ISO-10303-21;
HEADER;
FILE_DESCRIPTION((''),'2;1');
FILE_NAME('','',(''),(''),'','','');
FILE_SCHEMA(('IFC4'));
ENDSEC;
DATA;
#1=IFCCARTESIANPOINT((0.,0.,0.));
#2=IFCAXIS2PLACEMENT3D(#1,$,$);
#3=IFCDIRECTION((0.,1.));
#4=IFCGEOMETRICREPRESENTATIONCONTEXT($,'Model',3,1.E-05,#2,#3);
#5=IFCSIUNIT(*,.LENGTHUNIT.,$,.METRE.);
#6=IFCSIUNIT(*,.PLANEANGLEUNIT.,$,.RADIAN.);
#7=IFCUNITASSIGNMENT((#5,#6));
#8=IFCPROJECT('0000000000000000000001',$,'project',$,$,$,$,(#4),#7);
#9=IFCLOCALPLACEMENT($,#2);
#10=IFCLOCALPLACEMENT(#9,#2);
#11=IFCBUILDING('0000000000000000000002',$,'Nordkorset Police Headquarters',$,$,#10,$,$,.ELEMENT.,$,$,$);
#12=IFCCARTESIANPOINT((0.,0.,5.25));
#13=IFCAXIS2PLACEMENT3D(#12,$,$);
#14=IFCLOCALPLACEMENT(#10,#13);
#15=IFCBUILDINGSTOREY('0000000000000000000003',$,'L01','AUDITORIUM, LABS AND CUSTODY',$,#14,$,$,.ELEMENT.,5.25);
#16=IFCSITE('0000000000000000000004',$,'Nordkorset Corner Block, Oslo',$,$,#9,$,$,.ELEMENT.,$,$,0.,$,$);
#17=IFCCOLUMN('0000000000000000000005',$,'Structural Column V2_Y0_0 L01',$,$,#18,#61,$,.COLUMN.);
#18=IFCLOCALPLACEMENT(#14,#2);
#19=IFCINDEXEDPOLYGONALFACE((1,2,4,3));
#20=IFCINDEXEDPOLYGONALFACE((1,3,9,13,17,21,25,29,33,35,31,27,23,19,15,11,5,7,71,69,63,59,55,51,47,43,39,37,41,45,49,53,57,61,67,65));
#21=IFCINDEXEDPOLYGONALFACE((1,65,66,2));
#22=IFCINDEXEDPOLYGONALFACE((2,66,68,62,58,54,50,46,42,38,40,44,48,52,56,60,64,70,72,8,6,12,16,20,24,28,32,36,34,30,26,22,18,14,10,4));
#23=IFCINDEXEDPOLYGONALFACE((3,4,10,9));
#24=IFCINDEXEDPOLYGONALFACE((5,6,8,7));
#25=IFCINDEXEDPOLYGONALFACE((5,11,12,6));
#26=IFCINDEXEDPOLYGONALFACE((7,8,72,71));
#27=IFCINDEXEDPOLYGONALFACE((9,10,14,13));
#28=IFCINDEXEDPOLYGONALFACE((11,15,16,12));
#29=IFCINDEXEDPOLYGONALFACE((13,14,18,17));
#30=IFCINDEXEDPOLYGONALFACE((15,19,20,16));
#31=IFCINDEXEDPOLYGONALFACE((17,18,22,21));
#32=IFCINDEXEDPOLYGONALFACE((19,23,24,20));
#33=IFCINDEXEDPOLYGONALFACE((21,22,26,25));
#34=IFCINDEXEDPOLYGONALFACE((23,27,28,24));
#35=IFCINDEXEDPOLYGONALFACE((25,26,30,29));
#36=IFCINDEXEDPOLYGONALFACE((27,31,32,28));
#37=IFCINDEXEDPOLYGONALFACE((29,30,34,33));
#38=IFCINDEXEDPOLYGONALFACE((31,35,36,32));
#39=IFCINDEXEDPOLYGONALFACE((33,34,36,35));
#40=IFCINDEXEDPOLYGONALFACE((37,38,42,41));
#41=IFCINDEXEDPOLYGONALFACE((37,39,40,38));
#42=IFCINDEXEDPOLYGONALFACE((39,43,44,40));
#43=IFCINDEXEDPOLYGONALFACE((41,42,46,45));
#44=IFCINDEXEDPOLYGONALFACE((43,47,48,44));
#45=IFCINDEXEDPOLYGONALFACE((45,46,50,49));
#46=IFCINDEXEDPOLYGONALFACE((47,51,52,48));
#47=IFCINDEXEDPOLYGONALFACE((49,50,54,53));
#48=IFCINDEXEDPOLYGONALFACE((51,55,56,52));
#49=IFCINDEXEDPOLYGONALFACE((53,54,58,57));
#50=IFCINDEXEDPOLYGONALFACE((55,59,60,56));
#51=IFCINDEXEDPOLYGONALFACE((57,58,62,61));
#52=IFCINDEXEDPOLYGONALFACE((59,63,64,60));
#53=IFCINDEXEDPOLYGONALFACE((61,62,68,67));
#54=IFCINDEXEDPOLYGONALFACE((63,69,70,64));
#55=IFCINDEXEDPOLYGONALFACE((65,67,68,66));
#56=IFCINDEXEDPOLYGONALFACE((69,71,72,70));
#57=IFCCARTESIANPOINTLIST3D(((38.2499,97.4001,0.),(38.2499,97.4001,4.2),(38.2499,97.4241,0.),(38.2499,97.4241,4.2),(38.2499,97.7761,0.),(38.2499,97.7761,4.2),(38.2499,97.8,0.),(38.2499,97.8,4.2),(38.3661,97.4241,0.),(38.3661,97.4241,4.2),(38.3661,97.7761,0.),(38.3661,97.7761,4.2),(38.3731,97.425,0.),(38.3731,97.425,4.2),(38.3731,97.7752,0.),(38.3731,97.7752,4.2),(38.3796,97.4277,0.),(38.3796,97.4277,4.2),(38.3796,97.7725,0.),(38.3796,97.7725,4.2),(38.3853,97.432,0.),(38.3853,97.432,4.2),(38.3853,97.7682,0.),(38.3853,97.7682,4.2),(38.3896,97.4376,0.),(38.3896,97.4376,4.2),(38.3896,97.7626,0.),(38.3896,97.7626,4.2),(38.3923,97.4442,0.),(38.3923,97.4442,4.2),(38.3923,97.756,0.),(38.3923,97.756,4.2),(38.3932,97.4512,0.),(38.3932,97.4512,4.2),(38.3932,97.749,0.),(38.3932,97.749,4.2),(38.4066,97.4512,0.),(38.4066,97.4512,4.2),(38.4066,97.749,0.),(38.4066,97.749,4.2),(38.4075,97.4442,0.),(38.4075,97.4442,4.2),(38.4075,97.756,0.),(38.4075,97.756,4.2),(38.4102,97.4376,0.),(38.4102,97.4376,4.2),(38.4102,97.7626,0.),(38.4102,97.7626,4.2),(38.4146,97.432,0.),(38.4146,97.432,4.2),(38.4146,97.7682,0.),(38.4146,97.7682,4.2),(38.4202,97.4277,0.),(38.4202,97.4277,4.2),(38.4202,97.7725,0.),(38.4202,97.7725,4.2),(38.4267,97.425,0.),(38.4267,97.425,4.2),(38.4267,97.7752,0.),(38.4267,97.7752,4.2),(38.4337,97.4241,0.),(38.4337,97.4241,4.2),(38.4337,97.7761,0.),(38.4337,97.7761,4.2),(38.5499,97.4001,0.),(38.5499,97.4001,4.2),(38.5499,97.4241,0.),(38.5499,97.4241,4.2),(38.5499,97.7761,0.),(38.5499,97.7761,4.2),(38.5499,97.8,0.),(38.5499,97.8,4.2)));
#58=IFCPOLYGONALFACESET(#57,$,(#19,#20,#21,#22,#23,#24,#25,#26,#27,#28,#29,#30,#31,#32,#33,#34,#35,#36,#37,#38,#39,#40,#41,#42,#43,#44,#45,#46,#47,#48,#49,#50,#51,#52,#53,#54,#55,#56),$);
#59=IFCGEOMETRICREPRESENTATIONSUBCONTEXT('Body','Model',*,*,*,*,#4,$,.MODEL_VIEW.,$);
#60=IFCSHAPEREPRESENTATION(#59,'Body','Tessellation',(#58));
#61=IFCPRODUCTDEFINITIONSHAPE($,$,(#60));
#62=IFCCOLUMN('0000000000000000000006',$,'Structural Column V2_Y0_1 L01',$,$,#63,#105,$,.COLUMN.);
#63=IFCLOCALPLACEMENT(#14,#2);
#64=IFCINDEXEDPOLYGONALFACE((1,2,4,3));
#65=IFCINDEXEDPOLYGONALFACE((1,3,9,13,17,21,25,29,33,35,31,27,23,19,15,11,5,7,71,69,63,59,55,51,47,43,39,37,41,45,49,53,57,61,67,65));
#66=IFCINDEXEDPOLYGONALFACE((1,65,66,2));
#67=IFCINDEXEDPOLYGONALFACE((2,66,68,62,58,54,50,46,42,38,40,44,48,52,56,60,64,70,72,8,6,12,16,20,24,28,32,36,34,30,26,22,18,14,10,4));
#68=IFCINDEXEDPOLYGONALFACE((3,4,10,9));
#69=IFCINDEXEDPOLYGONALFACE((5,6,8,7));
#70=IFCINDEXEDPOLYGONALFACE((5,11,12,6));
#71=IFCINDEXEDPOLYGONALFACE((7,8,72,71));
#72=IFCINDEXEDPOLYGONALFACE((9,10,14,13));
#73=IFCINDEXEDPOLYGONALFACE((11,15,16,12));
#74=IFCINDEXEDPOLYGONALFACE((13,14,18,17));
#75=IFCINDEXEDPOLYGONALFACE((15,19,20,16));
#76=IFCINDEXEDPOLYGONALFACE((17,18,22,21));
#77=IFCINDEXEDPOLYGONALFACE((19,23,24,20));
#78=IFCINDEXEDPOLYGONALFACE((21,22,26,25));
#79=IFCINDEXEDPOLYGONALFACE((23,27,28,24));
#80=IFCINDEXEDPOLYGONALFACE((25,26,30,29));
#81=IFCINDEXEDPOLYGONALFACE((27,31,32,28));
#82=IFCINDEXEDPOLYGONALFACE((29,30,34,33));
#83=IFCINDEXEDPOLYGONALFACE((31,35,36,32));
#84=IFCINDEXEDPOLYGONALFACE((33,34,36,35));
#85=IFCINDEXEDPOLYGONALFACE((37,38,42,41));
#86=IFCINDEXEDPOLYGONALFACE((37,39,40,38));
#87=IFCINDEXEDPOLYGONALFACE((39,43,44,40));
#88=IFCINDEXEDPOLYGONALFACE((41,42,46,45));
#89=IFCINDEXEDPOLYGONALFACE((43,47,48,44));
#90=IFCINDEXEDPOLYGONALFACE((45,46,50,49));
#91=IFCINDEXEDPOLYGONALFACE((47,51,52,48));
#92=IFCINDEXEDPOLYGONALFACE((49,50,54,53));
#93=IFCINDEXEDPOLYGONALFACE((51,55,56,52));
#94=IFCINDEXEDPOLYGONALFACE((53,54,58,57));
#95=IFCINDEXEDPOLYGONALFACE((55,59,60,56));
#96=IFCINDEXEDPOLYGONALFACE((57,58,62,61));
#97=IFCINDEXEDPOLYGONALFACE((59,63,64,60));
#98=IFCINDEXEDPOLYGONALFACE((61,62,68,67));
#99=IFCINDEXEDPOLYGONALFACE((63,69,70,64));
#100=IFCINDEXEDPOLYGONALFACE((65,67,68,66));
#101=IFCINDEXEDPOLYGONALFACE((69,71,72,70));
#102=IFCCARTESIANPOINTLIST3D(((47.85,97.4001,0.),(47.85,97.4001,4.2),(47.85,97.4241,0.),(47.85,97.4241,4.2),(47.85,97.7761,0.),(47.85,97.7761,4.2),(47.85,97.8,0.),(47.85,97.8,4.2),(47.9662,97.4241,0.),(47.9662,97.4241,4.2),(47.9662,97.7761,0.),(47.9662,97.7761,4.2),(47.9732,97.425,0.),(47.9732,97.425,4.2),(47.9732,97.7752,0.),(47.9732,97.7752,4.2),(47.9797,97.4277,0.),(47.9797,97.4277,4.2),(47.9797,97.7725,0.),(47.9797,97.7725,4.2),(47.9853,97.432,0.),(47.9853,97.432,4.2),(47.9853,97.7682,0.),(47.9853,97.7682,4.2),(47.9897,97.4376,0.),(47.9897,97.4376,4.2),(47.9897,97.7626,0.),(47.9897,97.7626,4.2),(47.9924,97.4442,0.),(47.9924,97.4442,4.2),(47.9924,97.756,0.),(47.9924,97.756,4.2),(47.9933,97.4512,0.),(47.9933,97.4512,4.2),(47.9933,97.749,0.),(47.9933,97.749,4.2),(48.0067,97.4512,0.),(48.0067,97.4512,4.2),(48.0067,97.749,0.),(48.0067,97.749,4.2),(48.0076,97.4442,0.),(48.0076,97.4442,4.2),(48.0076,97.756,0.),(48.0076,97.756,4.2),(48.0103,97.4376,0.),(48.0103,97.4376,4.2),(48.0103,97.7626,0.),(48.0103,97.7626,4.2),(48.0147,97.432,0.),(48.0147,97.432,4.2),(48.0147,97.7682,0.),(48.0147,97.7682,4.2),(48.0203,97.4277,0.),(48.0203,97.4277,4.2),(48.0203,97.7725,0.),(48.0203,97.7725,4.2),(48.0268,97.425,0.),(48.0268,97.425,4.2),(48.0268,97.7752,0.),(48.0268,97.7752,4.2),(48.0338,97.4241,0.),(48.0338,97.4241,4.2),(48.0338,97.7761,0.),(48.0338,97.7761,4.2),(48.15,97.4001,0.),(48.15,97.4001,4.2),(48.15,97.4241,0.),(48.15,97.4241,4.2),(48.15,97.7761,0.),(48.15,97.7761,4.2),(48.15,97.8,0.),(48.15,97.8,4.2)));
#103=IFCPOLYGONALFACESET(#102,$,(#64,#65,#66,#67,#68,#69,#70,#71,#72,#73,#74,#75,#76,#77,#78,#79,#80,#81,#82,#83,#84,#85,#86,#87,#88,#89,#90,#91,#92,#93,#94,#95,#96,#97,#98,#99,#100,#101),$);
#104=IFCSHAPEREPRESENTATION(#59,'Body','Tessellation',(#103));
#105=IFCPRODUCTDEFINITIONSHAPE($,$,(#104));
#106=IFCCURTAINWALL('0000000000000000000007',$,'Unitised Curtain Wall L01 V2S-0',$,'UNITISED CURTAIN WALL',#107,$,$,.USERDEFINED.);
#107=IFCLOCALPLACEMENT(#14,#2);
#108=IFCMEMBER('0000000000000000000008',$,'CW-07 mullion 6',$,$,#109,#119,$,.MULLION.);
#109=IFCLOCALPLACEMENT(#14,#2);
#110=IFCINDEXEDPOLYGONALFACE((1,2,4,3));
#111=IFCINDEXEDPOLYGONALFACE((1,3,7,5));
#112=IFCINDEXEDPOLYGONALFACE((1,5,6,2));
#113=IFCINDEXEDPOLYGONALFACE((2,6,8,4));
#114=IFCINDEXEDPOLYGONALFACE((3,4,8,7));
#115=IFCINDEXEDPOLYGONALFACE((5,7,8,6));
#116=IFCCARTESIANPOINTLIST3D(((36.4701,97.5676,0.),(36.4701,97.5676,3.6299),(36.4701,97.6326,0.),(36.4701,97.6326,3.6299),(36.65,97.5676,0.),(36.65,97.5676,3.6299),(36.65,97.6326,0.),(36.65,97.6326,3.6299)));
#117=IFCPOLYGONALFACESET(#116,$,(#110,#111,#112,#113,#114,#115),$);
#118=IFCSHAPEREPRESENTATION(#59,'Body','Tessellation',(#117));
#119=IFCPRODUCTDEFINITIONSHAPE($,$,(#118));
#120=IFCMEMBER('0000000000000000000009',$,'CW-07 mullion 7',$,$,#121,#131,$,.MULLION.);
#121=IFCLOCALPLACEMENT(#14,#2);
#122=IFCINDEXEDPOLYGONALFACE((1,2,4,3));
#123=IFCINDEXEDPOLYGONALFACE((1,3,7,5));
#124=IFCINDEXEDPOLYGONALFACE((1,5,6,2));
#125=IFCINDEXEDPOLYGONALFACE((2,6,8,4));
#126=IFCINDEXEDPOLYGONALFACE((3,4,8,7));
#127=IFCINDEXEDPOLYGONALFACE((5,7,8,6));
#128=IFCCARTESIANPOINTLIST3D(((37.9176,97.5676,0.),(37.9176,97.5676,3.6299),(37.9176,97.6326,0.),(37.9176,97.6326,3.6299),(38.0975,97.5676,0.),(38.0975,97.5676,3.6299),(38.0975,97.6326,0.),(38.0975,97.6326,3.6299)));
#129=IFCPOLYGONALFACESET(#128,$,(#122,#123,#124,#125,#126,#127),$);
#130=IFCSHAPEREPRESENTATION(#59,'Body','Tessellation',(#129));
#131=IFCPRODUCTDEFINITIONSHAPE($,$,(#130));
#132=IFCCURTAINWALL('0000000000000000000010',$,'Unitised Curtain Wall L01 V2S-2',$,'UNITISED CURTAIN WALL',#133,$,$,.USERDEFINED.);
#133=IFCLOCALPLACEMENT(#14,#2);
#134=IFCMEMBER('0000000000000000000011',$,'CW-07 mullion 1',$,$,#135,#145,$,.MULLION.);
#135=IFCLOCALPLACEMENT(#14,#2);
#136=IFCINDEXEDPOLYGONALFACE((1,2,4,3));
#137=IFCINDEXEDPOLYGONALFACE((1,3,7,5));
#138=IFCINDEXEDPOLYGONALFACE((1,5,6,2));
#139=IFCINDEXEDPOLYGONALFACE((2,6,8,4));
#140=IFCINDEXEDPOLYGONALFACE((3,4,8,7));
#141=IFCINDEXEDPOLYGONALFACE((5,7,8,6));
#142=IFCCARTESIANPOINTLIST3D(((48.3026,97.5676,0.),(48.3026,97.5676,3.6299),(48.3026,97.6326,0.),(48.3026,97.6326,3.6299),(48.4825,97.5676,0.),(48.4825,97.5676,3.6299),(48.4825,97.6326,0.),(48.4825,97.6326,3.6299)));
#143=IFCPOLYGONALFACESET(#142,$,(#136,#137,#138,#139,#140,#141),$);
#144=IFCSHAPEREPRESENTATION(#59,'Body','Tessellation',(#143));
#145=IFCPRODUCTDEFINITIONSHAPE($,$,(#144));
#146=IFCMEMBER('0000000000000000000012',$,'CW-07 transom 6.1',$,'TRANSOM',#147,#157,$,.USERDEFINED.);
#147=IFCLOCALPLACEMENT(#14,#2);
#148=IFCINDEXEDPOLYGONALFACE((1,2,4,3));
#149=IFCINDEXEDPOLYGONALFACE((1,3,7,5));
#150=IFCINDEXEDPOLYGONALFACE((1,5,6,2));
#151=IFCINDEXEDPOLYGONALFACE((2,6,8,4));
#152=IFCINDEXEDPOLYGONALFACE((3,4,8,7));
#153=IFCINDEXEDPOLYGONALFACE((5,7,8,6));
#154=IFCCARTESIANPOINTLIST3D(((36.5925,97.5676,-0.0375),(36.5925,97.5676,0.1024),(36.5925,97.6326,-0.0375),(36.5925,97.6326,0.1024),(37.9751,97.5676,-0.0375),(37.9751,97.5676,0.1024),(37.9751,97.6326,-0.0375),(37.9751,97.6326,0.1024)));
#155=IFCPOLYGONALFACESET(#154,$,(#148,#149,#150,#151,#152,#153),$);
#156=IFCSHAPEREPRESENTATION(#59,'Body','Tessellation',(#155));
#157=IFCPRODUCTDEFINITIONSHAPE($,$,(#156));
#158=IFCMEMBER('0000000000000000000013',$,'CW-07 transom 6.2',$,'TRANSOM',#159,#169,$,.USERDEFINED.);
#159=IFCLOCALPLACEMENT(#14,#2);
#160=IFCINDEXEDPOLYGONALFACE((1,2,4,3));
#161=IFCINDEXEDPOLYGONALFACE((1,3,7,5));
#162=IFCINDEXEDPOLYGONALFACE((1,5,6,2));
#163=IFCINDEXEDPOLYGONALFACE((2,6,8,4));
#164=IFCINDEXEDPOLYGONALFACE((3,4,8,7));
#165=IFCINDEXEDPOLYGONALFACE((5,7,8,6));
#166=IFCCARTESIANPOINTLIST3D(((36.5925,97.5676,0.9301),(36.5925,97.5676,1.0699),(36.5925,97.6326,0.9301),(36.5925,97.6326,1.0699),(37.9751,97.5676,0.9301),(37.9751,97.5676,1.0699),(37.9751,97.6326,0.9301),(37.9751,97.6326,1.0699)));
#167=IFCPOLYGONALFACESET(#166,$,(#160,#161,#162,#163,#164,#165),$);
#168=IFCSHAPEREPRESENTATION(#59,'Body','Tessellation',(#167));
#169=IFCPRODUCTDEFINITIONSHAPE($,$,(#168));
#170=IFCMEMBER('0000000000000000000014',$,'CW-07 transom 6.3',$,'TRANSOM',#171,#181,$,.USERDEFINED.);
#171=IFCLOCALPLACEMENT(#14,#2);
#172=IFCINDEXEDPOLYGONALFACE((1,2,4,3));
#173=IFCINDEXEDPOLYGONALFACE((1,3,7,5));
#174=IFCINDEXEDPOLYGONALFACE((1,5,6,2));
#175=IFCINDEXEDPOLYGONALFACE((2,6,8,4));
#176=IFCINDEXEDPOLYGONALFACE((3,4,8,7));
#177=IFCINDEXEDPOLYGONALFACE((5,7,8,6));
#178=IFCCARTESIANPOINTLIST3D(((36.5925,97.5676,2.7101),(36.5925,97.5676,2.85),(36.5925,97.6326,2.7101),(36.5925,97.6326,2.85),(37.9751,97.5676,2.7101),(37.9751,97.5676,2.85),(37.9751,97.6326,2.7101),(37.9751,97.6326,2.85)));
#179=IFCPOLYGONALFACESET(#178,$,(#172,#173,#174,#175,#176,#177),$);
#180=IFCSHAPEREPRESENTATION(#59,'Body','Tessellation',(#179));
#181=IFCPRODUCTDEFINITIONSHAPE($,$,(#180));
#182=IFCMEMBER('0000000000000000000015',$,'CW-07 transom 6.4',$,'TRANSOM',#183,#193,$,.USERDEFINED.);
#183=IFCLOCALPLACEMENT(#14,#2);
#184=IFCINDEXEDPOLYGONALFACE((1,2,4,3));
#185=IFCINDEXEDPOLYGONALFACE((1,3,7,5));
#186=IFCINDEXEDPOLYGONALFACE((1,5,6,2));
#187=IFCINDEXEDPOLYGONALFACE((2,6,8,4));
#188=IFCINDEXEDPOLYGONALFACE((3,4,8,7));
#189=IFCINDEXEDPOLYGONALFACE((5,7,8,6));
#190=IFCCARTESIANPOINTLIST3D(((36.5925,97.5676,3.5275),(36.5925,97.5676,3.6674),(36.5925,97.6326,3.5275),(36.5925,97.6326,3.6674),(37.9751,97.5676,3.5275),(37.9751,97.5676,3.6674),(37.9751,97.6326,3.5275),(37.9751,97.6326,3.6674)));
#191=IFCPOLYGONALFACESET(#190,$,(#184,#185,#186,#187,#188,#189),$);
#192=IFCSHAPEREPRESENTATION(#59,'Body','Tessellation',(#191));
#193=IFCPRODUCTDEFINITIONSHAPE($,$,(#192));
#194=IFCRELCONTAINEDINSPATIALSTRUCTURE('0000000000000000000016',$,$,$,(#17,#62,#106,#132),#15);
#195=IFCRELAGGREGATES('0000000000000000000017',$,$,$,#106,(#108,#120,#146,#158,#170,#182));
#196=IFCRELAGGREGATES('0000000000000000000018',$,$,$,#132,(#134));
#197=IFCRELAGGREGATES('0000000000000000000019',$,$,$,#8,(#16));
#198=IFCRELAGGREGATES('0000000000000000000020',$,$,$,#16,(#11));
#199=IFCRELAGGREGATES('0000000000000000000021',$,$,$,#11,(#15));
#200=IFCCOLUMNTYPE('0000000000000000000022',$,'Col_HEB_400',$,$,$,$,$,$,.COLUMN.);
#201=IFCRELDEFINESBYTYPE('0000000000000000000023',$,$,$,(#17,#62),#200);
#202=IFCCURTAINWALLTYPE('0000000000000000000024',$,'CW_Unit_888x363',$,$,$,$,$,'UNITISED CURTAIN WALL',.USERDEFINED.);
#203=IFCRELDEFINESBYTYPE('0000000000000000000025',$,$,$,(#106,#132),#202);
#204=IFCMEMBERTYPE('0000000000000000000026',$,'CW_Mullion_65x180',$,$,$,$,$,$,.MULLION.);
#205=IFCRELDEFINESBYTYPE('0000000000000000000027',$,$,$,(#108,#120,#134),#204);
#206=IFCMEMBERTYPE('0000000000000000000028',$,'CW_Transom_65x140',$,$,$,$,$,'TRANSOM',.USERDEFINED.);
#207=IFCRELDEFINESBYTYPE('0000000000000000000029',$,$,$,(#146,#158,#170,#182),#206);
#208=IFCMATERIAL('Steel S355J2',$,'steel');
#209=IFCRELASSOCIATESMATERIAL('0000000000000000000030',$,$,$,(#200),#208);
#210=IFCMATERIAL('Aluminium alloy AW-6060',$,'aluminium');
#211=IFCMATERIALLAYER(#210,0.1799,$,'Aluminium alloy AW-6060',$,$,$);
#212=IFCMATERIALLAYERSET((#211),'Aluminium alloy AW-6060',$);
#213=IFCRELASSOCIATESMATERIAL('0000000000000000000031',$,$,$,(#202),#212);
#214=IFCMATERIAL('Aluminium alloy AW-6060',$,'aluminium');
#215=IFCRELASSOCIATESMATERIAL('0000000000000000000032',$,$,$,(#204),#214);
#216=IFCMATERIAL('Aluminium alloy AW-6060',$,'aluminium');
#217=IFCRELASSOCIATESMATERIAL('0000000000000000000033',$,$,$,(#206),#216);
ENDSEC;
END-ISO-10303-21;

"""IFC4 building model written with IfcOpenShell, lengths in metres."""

from ifc_helpers import new_model, si_unit, direction, frame, origin, origin_2d, place, context, subcontext, project, spatial, rectangle, i_section, extrude, material, layer, layer_set, material_profile, profile_set, type_object, element, aggregate, save


model = new_model("IFC4")

# Units and contexts
model_context = context("Model", 3, precision=1e-05, world=origin(), true_north=direction((0.0, 1.0)))
body_context = subcontext(model_context, "Body", "Model", "MODEL_VIEW")
ifc_project = project(units=[si_unit("LENGTHUNIT", "METRE"), si_unit("PLANEANGLEUNIT", "RADIAN")], contexts=[model_context])

# Site, building, storey
site_placement = place(None, origin())
site = spatial("IfcSite", under=ifc_project, at=site_placement, Name="Nordkorset Corner Block, Oslo", CompositionType="ELEMENT", RefElevation=0.0)
building_placement = place(site_placement, origin())
building = spatial("IfcBuilding", under=site, at=building_placement, Name="Nordkorset Police Headquarters", CompositionType="ELEMENT")
storey_placement = place(building_placement, frame((0.0, 0.0, 5.25)))
storey = spatial("IfcBuildingStorey", under=building, at=storey_placement, Name="L01", Description="AUDITORIUM, LABS AND CUSTODY", CompositionType="ELEMENT", Elevation=5.25)

# Columns
ifc_material_1 = material(Name="Steel S355J2", Category="steel")
ifc_material_profile_1 = material_profile(ifc_material_1, i_section(OverallWidth=0.3, OverallDepth=0.3999, WebThickness=0.0134, FlangeThickness=0.0239, FilletRadius=0.0271, at=origin_2d()), Name="HEB 400")
ifc_profile_set_1 = profile_set([ifc_material_profile_1], Name="Steel S355J2")
column_type = type_object("IfcColumnType", Name="Col_HEB_400", PredefinedType="COLUMN", material=ifc_profile_set_1)
for number, where, z_axis, x_axis, name in (
    (1, (38.3999, 97.6001, 0.0), (0.0, 0.0, 1.0), (1.0, 0.0, 0.0), "Structural Column V2_Y0_0 L01"),
    (2, (48.0, 97.6001, 0.0), (0.0, 0.0, 1.0), (1.0, 0.0, 0.0), "Structural Column V2_Y0_1 L01"),
):
    element("IfcColumn", number, at=place(storey_placement, frame(where, z_axis=z_axis, x_axis=x_axis)), inside=storey, type_object=column_type, Name=name, PredefinedType="COLUMN", context=body_context, shape_type="SweptSolid", body=[
        extrude(i_section(OverallWidth=0.3, OverallDepth=0.3999, WebThickness=0.0134, FlangeThickness=0.0239, FilletRadius=0.0271, at=origin_2d()), origin(), (0.0, 0.0, 1.0), 4.2),
    ])

# Curtain wall, members
ifc_material_2 = material(Name="Aluminium alloy AW-6060", Category="aluminium")
ifc_layer_1 = layer(ifc_material_2, 0.1799, Name="Aluminium alloy AW-6060")
ifc_layer_set_1 = layer_set([ifc_layer_1], Name="Aluminium alloy AW-6060")
curtain_wall_type = type_object("IfcCurtainWallType", Name="CW_Unit_888x363", ElementType="UNITISED CURTAIN WALL", PredefinedType="USERDEFINED", material=ifc_layer_set_1)
curtain_wall_1_placement = place(storey_placement, origin())
curtain_wall_1 = element("IfcCurtainWall", 3, at=curtain_wall_1_placement, inside=storey, type_object=curtain_wall_type, Name="Unitised Curtain Wall L01 V2S-0", ObjectType="UNITISED CURTAIN WALL", PredefinedType="USERDEFINED")
ifc_material_3 = material(Name="Aluminium alloy AW-6060", Category="aluminium")
ifc_material_profile_2 = material_profile(ifc_material_3, rectangle(XDim=0.0649, YDim=0.1799, at=origin_2d()), Name="ALU MULL 65x180")
ifc_profile_set_2 = profile_set([ifc_material_profile_2], Name="Aluminium alloy AW-6060")
member_type_1 = type_object("IfcMemberType", Name="CW_Mullion_65x180", PredefinedType="MULLION", material=ifc_profile_set_2)
member_1_placement = place(storey_placement, frame((36.5601, 97.6001, 0.0), z_axis=(0.0, 0.0, 1.0), x_axis=(0.0, 1.0, 0.0)))
member_1 = element("IfcMember", 4, at=member_1_placement, type_object=member_type_1, Name="CW-07 mullion 6", PredefinedType="MULLION", context=body_context, shape_type="SweptSolid", body=[
    extrude(rectangle(XDim=0.0649, YDim=0.1799, at=origin_2d()), origin(), (0.0, 0.0, 1.0), 3.6299),
])
member_2_placement = place(storey_placement, frame((38.0076, 97.6001, 0.0), z_axis=(0.0, 0.0, 1.0), x_axis=(0.0, 1.0, 0.0)))
member_2 = element("IfcMember", 5, at=member_2_placement, type_object=member_type_1, Name="CW-07 mullion 7", PredefinedType="MULLION", context=body_context, shape_type="SweptSolid", body=[
    extrude(rectangle(XDim=0.0649, YDim=0.1799, at=origin_2d()), origin(), (0.0, 0.0, 1.0), 3.6299),
])

# Curtain wall, member
curtain_wall_2_placement = place(storey_placement, origin())
curtain_wall_2 = element("IfcCurtainWall", 6, at=curtain_wall_2_placement, inside=storey, type_object=curtain_wall_type, Name="Unitised Curtain Wall L01 V2S-2", ObjectType="UNITISED CURTAIN WALL", PredefinedType="USERDEFINED")
member_3_placement = place(storey_placement, frame((48.3926, 97.6001, 0.0), z_axis=(0.0, 0.0, 1.0), x_axis=(0.0, 1.0, 0.0)))
member_3 = element("IfcMember", 7, at=member_3_placement, type_object=member_type_1, Name="CW-07 mullion 1", PredefinedType="MULLION", context=body_context, shape_type="SweptSolid", body=[
    extrude(rectangle(XDim=0.0649, YDim=0.1799, at=origin_2d()), origin(), (0.0, 0.0, 1.0), 3.6299),
])

# Members
ifc_material_4 = material(Name="Aluminium alloy AW-6060", Category="aluminium")
ifc_material_profile_3 = material_profile(ifc_material_4, rectangle(XDim=0.0649, YDim=0.1399, at=origin_2d()), Name="ALU TRAN 65x140")
ifc_profile_set_3 = profile_set([ifc_material_profile_3], Name="Aluminium alloy AW-6060")
member_type_2 = type_object("IfcMemberType", Name="CW_Transom_65x140", ElementType="TRANSOM", PredefinedType="USERDEFINED", material=ifc_profile_set_3)
member_4_placement = place(storey_placement, frame((36.5925, 97.6001, 0.0325), z_axis=(1.0, 0.0, 0.0), x_axis=(0.0, 1.0, 0.0)))
member_4 = element("IfcMember", 8, at=member_4_placement, type_object=member_type_2, Name="CW-07 transom 6.1", ObjectType="TRANSOM", PredefinedType="USERDEFINED", context=body_context, shape_type="SweptSolid", body=[
    extrude(rectangle(XDim=0.0649, YDim=0.1399, at=origin_2d()), origin(), (0.0, 0.0, 1.0), 1.3826),
])
member_5_placement = place(storey_placement, frame((36.5925, 97.6001, 1.0), z_axis=(1.0, 0.0, 0.0), x_axis=(0.0, 1.0, 0.0)))
member_5 = element("IfcMember", 9, at=member_5_placement, type_object=member_type_2, Name="CW-07 transom 6.2", ObjectType="TRANSOM", PredefinedType="USERDEFINED", context=body_context, shape_type="SweptSolid", body=[
    extrude(rectangle(XDim=0.0649, YDim=0.1399, at=origin_2d()), origin(), (0.0, 0.0, 1.0), 1.3826),
])
member_6_placement = place(storey_placement, frame((36.5925, 97.6001, 2.78), z_axis=(1.0, 0.0, 0.0), x_axis=(0.0, 1.0, 0.0)))
member_6 = element("IfcMember", 10, at=member_6_placement, type_object=member_type_2, Name="CW-07 transom 6.3", ObjectType="TRANSOM", PredefinedType="USERDEFINED", context=body_context, shape_type="SweptSolid", body=[
    extrude(rectangle(XDim=0.0649, YDim=0.1399, at=origin_2d()), origin(), (0.0, 0.0, 1.0), 1.3826),
])
member_7_placement = place(storey_placement, frame((36.5925, 97.6001, 3.5974), z_axis=(1.0, 0.0, 0.0), x_axis=(0.0, 1.0, 0.0)))
member_7 = element("IfcMember", 11, at=member_7_placement, type_object=member_type_2, Name="CW-07 transom 6.4", ObjectType="TRANSOM", PredefinedType="USERDEFINED", context=body_context, shape_type="SweptSolid", body=[
    extrude(rectangle(XDim=0.0649, YDim=0.1399, at=origin_2d()), origin(), (0.0, 0.0, 1.0), 1.3826),
])

aggregate(curtain_wall_1, [member_1, member_2, member_4, member_5, member_6, member_7])
aggregate(curtain_wall_2, [member_3])

save(model, "model.ifc")
